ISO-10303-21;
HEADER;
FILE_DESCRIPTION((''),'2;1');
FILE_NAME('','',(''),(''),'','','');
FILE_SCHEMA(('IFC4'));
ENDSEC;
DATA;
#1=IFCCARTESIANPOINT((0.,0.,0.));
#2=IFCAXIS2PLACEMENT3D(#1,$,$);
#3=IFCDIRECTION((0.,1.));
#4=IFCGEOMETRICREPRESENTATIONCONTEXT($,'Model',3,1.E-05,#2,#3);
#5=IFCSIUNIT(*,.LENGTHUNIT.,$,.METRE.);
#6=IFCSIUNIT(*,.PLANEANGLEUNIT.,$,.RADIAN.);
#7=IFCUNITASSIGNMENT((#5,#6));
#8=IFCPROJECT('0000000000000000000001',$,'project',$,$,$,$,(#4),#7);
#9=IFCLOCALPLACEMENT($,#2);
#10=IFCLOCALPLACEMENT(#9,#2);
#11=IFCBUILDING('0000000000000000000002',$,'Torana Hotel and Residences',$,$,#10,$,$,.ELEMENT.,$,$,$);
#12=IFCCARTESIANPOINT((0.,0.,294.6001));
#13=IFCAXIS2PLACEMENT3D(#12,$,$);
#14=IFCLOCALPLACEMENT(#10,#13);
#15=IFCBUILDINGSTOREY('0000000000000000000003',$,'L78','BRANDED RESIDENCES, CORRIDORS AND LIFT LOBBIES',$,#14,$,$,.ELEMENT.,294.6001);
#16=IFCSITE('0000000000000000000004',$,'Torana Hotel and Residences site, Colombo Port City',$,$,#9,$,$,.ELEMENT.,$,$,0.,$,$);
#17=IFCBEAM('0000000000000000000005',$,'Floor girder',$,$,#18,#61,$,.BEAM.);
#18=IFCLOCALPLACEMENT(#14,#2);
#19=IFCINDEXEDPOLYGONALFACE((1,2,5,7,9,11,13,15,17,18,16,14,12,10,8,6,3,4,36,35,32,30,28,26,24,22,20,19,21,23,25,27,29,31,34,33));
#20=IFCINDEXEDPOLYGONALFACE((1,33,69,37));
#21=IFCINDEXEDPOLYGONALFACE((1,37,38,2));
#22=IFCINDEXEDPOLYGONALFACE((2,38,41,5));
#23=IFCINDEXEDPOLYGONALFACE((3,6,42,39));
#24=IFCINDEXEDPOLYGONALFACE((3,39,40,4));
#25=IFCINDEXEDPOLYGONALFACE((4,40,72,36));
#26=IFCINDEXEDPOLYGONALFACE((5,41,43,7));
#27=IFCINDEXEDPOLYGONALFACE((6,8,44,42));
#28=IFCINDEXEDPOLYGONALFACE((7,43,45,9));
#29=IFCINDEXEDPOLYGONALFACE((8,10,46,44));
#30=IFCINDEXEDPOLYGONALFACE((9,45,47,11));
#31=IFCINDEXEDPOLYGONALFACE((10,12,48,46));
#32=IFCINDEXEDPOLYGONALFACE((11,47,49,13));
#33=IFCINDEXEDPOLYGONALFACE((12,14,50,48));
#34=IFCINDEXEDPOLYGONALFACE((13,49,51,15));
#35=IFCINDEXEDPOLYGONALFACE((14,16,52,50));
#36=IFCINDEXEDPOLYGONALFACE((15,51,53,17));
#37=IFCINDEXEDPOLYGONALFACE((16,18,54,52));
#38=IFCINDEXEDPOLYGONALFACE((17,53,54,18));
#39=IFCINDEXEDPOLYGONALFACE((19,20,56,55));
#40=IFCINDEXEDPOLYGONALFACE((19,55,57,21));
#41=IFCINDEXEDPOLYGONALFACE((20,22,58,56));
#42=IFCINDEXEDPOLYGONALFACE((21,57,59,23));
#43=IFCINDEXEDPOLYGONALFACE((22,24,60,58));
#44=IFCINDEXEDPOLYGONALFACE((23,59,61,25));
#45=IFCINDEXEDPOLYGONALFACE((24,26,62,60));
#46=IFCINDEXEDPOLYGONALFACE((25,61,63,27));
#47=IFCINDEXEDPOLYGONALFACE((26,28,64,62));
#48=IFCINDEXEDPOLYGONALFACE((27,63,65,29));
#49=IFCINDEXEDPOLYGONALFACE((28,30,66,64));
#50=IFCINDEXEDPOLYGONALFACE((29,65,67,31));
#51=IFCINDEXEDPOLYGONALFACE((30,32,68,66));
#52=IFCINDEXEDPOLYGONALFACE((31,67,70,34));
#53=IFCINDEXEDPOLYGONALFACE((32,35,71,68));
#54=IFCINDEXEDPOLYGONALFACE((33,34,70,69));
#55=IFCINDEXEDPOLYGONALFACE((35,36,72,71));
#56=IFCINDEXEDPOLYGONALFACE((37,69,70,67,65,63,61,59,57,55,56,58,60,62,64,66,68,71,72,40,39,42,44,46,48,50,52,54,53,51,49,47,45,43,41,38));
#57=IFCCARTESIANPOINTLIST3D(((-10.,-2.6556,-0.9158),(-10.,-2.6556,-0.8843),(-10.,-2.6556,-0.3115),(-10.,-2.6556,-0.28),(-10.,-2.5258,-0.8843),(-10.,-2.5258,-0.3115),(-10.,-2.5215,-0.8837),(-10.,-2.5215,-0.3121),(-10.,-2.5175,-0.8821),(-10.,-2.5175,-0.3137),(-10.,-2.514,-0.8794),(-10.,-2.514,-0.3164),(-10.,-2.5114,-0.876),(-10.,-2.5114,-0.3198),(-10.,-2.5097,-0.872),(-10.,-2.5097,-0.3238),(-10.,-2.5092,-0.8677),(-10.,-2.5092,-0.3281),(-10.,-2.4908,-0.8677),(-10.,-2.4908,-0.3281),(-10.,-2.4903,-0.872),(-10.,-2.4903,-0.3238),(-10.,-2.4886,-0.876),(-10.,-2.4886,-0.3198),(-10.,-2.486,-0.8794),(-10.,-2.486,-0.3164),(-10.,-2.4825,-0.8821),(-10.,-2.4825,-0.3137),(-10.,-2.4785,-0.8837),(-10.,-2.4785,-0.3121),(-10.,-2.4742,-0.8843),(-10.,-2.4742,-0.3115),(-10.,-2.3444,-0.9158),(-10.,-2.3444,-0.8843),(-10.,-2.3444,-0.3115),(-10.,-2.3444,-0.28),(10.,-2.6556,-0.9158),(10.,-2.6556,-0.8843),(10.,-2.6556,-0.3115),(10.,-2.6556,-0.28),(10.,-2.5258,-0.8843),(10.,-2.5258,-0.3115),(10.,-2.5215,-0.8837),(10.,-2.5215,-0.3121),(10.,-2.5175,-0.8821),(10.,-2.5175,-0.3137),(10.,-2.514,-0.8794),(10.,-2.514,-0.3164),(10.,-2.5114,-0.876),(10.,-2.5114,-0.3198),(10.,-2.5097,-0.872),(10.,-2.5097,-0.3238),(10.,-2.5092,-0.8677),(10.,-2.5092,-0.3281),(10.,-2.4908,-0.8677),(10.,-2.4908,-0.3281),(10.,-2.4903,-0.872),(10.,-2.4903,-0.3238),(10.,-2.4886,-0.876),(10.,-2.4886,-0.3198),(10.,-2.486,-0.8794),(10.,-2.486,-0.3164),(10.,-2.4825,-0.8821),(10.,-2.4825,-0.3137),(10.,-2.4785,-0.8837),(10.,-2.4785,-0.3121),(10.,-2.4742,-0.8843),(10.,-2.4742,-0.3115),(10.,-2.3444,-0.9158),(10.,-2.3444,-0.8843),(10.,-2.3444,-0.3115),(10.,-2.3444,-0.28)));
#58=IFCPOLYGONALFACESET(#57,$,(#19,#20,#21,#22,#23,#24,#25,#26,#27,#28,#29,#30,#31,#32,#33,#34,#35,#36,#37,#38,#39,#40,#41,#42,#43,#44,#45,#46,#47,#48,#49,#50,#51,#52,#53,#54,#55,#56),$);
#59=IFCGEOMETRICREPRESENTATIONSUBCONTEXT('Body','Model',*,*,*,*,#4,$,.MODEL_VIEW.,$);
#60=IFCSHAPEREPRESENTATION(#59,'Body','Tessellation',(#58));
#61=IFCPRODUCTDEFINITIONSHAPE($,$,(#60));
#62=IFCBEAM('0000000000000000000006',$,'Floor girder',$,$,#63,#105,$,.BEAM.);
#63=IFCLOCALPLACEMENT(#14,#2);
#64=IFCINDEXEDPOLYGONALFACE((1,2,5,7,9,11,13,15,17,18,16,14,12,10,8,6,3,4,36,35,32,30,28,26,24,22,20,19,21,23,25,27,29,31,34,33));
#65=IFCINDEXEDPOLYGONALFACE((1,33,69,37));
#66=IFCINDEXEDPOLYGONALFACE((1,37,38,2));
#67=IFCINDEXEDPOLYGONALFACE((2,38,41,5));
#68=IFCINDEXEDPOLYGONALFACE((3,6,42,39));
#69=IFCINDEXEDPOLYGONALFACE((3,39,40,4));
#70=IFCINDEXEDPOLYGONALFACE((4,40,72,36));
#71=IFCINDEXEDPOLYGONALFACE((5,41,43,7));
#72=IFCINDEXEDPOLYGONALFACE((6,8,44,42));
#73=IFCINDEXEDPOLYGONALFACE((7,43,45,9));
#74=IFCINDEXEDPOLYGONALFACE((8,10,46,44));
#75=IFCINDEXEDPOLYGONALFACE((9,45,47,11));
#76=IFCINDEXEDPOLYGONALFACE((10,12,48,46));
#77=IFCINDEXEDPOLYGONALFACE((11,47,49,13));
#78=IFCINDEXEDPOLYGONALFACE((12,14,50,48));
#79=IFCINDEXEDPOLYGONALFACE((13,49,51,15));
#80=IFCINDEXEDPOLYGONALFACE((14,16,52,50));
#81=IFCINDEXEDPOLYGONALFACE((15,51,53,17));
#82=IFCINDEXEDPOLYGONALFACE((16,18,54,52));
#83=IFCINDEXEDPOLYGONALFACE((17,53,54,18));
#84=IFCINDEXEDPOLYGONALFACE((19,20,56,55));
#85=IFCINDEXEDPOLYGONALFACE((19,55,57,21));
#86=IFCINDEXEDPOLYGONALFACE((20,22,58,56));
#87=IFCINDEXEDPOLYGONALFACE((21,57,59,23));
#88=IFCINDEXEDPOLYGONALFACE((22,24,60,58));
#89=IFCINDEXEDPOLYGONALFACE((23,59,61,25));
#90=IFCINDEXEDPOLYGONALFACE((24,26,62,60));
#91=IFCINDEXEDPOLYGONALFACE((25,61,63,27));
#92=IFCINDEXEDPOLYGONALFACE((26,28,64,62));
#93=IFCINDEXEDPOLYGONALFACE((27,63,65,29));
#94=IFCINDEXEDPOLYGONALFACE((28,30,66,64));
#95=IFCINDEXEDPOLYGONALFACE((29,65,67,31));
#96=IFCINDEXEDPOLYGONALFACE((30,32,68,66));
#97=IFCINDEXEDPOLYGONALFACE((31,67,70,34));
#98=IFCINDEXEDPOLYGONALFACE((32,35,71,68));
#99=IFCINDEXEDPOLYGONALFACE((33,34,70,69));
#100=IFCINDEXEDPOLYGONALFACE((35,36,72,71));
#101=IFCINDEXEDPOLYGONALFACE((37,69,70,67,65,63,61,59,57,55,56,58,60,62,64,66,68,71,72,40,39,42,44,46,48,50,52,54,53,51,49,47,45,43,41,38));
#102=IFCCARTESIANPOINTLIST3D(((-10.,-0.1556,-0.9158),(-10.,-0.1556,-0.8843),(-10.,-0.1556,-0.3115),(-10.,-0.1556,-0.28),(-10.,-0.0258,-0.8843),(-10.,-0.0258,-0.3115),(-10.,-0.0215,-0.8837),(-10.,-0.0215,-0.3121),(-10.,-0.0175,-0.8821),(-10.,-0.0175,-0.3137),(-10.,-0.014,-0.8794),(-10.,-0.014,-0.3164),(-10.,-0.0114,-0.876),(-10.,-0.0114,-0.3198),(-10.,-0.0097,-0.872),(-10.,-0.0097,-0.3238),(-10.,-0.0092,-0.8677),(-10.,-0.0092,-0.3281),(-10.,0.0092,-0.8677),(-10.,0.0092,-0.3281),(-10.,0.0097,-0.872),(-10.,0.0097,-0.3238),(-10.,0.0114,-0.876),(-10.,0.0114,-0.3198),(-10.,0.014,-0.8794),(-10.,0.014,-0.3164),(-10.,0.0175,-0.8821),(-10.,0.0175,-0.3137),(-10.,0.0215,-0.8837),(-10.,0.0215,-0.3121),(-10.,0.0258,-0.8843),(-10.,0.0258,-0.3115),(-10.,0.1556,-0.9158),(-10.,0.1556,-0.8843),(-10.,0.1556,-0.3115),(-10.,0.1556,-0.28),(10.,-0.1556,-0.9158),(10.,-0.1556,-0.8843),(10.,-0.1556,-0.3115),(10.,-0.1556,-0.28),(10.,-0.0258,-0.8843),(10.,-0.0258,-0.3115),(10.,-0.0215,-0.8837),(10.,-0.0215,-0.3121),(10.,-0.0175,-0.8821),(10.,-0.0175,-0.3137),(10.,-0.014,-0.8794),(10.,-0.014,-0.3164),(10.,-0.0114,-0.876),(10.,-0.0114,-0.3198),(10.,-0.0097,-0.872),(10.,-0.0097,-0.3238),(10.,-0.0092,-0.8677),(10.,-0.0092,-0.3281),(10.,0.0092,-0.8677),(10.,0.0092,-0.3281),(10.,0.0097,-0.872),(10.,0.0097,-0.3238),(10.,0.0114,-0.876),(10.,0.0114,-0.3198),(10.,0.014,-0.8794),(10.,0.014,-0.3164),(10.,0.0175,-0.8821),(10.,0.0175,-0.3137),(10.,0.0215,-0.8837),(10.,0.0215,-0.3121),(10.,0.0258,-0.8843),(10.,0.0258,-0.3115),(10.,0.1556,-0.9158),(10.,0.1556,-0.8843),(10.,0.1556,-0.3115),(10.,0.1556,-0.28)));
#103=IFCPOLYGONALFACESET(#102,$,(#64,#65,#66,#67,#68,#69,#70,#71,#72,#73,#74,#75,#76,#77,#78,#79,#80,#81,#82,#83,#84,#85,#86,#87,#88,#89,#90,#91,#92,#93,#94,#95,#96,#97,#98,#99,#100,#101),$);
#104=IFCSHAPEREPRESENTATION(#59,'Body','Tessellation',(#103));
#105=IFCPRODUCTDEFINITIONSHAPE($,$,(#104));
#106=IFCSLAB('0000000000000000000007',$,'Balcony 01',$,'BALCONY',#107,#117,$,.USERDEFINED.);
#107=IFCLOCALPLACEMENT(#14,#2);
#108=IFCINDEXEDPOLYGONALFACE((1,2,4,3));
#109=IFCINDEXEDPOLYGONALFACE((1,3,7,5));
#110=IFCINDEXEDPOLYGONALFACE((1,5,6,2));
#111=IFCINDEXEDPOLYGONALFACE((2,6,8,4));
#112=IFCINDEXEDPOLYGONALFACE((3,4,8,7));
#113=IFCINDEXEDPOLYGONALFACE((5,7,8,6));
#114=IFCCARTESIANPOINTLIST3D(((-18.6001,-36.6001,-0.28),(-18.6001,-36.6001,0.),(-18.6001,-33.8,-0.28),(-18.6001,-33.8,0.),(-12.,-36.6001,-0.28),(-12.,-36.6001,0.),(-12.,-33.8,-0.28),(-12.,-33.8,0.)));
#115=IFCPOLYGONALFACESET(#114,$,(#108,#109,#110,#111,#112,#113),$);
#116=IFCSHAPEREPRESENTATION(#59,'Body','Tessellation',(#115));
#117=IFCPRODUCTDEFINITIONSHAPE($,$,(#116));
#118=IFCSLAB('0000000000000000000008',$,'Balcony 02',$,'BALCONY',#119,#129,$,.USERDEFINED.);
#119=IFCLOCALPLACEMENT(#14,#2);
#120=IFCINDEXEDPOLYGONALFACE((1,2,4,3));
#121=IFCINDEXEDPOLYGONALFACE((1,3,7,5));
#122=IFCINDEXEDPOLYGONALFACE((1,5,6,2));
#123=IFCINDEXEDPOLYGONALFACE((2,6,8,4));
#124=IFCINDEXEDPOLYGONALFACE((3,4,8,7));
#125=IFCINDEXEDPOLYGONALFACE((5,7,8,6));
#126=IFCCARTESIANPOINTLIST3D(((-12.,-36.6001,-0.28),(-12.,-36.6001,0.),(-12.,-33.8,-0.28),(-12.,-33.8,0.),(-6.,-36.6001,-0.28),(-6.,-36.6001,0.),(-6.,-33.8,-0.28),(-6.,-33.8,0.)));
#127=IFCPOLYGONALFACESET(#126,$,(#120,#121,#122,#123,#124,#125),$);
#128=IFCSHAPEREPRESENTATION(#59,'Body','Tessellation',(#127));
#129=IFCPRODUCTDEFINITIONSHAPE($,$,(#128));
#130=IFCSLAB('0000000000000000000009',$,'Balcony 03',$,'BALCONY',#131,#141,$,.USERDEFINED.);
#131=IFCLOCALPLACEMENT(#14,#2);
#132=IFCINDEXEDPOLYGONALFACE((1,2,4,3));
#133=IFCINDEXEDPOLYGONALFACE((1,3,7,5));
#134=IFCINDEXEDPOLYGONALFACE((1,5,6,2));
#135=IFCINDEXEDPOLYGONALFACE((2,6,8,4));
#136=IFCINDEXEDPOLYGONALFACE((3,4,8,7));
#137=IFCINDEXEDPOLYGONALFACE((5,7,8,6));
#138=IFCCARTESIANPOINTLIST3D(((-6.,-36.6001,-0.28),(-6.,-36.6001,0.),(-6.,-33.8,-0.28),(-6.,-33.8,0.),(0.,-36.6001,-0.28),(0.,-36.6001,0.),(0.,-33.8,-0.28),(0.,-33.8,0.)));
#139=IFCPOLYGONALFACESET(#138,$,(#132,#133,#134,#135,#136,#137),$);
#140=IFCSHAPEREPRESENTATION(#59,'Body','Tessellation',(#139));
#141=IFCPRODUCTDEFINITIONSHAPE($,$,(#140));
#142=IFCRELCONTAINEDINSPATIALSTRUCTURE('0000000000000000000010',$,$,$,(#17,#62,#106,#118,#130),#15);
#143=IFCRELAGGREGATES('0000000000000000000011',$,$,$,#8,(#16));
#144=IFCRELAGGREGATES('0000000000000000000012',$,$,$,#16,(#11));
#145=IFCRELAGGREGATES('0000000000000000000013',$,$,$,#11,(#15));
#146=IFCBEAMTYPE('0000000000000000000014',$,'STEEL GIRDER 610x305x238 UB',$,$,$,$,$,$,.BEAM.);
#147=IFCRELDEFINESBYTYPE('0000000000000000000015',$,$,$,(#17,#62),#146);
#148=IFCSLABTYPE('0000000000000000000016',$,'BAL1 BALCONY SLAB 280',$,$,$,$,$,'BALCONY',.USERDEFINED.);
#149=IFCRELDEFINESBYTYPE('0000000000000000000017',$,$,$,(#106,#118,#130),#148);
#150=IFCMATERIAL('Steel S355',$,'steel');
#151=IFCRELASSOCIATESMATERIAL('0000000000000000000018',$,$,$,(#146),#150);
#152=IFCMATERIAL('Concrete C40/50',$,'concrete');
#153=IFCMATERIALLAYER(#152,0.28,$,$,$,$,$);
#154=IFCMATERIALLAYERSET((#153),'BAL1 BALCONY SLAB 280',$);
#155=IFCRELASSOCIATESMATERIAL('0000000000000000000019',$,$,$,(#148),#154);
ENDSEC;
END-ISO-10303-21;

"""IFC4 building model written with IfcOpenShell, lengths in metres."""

from ifc_helpers import new_model, si_unit, direction, frame, origin, origin_2d, place, context, subcontext, project, spatial, polyline, i_section, outline, extrude, material, layer, layer_set, material_profile, profile_set, type_object, element, save


model = new_model("IFC4")

# Units and contexts
model_context = context("Model", 3, precision=1e-05, world=origin(), true_north=direction((0.0, 1.0)))
body_context = subcontext(model_context, "Body", "Model", "MODEL_VIEW")
ifc_project = project(units=[si_unit("LENGTHUNIT", "METRE"), si_unit("PLANEANGLEUNIT", "RADIAN")], contexts=[model_context])

# Site, building, storey
site_placement = place(None, origin())
site = spatial("IfcSite", under=ifc_project, at=site_placement, Name="Torana Hotel and Residences site, Colombo Port City", CompositionType="ELEMENT", RefElevation=0.0)
building_placement = place(site_placement, origin())
building = spatial("IfcBuilding", under=site, at=building_placement, Name="Torana Hotel and Residences", CompositionType="ELEMENT")
storey_placement = place(building_placement, frame((0.0, 0.0, 294.6001)))
storey = spatial("IfcBuildingStorey", under=building, at=storey_placement, Name="L78", Description="BRANDED RESIDENCES, CORRIDORS AND LIFT LOBBIES", CompositionType="ELEMENT", Elevation=294.6001)

# Beams
ifc_material_1 = material(Name="Steel S355", Category="steel")
ifc_material_profile = material_profile(ifc_material_1, i_section(OverallWidth=0.3113, OverallDepth=0.6357, WebThickness=0.0183, FlangeThickness=0.0315, FilletRadius=0.0166, at=origin_2d()), Name="610x305x238 UB")
ifc_profile_set = profile_set([ifc_material_profile], Name="Steel S355")
beam_type = type_object("IfcBeamType", Name="STEEL GIRDER 610x305x238 UB", PredefinedType="BEAM", material=ifc_profile_set)
for number, where, z_axis, x_axis, name in (
    (1, (-10.0, -2.5, -0.5979), (1.0, 0.0, 0.0), (0.0, 1.0, 0.0), "Floor girder"),
    (2, (-10.0, 0.0, -0.5979), (1.0, 0.0, 0.0), (0.0, 1.0, 0.0), "Floor girder"),
):
    element("IfcBeam", number, at=place(storey_placement, frame(where, z_axis=z_axis, x_axis=x_axis)), inside=storey, type_object=beam_type, Name=name, PredefinedType="BEAM", context=body_context, shape_type="SweptSolid", body=[
        extrude(i_section(OverallWidth=0.3113, OverallDepth=0.6357, WebThickness=0.0183, FlangeThickness=0.0315, FilletRadius=0.0166, at=origin_2d()), origin(), (0.0, 0.0, 1.0), 20.0),
    ])

# Slabs
ifc_material_2 = material(Name="Concrete C40/50", Category="concrete")
ifc_layer_1 = layer(ifc_material_2, 0.28)
ifc_layer_set_1 = layer_set([ifc_layer_1], Name="BAL1 BALCONY SLAB 280")
slab_type_1 = type_object("IfcSlabType", Name="BAL1 BALCONY SLAB 280", ElementType="BALCONY", PredefinedType="USERDEFINED", material=ifc_layer_set_1)
slab_1_placement = place(storey_placement, frame((0.0, 0.0, -0.28)))
element("IfcSlab", 3, at=slab_1_placement, inside=storey, type_object=slab_type_1, Name="Balcony 01", ObjectType="BALCONY", PredefinedType="USERDEFINED", context=body_context, shape_type="SweptSolid", body=[
    extrude(outline(polyline([(-18.6001, -36.6001), (-12.0, -36.6001), (-12.0, -33.8), (-18.6001, -33.8), (-18.6001, -36.6001)])), origin(), (0.0, 0.0, 1.0), 0.28),
])
slab_2_placement = place(storey_placement, frame((0.0, 0.0, -0.28)))
element("IfcSlab", 4, at=slab_2_placement, inside=storey, type_object=slab_type_1, Name="Balcony 02", ObjectType="BALCONY", PredefinedType="USERDEFINED", context=body_context, shape_type="SweptSolid", body=[
    extrude(outline(polyline([(-12.0, -36.6001), (-6.0, -36.6001), (-6.0, -33.8), (-12.0, -33.8), (-12.0, -36.6001)])), origin(), (0.0, 0.0, 1.0), 0.28),
])
slab_3_placement = place(storey_placement, frame((0.0, 0.0, -0.28)))
element("IfcSlab", 5, at=slab_3_placement, inside=storey, type_object=slab_type_1, Name="Balcony 03", ObjectType="BALCONY", PredefinedType="USERDEFINED", context=body_context, shape_type="SweptSolid", body=[
    extrude(outline(polyline([(-6.0, -36.6001), (0.0, -36.6001), (0.0, -33.8), (-6.0, -33.8), (-6.0, -36.6001)])), origin(), (0.0, 0.0, 1.0), 0.28),
])

save(model, "model.ifc")
